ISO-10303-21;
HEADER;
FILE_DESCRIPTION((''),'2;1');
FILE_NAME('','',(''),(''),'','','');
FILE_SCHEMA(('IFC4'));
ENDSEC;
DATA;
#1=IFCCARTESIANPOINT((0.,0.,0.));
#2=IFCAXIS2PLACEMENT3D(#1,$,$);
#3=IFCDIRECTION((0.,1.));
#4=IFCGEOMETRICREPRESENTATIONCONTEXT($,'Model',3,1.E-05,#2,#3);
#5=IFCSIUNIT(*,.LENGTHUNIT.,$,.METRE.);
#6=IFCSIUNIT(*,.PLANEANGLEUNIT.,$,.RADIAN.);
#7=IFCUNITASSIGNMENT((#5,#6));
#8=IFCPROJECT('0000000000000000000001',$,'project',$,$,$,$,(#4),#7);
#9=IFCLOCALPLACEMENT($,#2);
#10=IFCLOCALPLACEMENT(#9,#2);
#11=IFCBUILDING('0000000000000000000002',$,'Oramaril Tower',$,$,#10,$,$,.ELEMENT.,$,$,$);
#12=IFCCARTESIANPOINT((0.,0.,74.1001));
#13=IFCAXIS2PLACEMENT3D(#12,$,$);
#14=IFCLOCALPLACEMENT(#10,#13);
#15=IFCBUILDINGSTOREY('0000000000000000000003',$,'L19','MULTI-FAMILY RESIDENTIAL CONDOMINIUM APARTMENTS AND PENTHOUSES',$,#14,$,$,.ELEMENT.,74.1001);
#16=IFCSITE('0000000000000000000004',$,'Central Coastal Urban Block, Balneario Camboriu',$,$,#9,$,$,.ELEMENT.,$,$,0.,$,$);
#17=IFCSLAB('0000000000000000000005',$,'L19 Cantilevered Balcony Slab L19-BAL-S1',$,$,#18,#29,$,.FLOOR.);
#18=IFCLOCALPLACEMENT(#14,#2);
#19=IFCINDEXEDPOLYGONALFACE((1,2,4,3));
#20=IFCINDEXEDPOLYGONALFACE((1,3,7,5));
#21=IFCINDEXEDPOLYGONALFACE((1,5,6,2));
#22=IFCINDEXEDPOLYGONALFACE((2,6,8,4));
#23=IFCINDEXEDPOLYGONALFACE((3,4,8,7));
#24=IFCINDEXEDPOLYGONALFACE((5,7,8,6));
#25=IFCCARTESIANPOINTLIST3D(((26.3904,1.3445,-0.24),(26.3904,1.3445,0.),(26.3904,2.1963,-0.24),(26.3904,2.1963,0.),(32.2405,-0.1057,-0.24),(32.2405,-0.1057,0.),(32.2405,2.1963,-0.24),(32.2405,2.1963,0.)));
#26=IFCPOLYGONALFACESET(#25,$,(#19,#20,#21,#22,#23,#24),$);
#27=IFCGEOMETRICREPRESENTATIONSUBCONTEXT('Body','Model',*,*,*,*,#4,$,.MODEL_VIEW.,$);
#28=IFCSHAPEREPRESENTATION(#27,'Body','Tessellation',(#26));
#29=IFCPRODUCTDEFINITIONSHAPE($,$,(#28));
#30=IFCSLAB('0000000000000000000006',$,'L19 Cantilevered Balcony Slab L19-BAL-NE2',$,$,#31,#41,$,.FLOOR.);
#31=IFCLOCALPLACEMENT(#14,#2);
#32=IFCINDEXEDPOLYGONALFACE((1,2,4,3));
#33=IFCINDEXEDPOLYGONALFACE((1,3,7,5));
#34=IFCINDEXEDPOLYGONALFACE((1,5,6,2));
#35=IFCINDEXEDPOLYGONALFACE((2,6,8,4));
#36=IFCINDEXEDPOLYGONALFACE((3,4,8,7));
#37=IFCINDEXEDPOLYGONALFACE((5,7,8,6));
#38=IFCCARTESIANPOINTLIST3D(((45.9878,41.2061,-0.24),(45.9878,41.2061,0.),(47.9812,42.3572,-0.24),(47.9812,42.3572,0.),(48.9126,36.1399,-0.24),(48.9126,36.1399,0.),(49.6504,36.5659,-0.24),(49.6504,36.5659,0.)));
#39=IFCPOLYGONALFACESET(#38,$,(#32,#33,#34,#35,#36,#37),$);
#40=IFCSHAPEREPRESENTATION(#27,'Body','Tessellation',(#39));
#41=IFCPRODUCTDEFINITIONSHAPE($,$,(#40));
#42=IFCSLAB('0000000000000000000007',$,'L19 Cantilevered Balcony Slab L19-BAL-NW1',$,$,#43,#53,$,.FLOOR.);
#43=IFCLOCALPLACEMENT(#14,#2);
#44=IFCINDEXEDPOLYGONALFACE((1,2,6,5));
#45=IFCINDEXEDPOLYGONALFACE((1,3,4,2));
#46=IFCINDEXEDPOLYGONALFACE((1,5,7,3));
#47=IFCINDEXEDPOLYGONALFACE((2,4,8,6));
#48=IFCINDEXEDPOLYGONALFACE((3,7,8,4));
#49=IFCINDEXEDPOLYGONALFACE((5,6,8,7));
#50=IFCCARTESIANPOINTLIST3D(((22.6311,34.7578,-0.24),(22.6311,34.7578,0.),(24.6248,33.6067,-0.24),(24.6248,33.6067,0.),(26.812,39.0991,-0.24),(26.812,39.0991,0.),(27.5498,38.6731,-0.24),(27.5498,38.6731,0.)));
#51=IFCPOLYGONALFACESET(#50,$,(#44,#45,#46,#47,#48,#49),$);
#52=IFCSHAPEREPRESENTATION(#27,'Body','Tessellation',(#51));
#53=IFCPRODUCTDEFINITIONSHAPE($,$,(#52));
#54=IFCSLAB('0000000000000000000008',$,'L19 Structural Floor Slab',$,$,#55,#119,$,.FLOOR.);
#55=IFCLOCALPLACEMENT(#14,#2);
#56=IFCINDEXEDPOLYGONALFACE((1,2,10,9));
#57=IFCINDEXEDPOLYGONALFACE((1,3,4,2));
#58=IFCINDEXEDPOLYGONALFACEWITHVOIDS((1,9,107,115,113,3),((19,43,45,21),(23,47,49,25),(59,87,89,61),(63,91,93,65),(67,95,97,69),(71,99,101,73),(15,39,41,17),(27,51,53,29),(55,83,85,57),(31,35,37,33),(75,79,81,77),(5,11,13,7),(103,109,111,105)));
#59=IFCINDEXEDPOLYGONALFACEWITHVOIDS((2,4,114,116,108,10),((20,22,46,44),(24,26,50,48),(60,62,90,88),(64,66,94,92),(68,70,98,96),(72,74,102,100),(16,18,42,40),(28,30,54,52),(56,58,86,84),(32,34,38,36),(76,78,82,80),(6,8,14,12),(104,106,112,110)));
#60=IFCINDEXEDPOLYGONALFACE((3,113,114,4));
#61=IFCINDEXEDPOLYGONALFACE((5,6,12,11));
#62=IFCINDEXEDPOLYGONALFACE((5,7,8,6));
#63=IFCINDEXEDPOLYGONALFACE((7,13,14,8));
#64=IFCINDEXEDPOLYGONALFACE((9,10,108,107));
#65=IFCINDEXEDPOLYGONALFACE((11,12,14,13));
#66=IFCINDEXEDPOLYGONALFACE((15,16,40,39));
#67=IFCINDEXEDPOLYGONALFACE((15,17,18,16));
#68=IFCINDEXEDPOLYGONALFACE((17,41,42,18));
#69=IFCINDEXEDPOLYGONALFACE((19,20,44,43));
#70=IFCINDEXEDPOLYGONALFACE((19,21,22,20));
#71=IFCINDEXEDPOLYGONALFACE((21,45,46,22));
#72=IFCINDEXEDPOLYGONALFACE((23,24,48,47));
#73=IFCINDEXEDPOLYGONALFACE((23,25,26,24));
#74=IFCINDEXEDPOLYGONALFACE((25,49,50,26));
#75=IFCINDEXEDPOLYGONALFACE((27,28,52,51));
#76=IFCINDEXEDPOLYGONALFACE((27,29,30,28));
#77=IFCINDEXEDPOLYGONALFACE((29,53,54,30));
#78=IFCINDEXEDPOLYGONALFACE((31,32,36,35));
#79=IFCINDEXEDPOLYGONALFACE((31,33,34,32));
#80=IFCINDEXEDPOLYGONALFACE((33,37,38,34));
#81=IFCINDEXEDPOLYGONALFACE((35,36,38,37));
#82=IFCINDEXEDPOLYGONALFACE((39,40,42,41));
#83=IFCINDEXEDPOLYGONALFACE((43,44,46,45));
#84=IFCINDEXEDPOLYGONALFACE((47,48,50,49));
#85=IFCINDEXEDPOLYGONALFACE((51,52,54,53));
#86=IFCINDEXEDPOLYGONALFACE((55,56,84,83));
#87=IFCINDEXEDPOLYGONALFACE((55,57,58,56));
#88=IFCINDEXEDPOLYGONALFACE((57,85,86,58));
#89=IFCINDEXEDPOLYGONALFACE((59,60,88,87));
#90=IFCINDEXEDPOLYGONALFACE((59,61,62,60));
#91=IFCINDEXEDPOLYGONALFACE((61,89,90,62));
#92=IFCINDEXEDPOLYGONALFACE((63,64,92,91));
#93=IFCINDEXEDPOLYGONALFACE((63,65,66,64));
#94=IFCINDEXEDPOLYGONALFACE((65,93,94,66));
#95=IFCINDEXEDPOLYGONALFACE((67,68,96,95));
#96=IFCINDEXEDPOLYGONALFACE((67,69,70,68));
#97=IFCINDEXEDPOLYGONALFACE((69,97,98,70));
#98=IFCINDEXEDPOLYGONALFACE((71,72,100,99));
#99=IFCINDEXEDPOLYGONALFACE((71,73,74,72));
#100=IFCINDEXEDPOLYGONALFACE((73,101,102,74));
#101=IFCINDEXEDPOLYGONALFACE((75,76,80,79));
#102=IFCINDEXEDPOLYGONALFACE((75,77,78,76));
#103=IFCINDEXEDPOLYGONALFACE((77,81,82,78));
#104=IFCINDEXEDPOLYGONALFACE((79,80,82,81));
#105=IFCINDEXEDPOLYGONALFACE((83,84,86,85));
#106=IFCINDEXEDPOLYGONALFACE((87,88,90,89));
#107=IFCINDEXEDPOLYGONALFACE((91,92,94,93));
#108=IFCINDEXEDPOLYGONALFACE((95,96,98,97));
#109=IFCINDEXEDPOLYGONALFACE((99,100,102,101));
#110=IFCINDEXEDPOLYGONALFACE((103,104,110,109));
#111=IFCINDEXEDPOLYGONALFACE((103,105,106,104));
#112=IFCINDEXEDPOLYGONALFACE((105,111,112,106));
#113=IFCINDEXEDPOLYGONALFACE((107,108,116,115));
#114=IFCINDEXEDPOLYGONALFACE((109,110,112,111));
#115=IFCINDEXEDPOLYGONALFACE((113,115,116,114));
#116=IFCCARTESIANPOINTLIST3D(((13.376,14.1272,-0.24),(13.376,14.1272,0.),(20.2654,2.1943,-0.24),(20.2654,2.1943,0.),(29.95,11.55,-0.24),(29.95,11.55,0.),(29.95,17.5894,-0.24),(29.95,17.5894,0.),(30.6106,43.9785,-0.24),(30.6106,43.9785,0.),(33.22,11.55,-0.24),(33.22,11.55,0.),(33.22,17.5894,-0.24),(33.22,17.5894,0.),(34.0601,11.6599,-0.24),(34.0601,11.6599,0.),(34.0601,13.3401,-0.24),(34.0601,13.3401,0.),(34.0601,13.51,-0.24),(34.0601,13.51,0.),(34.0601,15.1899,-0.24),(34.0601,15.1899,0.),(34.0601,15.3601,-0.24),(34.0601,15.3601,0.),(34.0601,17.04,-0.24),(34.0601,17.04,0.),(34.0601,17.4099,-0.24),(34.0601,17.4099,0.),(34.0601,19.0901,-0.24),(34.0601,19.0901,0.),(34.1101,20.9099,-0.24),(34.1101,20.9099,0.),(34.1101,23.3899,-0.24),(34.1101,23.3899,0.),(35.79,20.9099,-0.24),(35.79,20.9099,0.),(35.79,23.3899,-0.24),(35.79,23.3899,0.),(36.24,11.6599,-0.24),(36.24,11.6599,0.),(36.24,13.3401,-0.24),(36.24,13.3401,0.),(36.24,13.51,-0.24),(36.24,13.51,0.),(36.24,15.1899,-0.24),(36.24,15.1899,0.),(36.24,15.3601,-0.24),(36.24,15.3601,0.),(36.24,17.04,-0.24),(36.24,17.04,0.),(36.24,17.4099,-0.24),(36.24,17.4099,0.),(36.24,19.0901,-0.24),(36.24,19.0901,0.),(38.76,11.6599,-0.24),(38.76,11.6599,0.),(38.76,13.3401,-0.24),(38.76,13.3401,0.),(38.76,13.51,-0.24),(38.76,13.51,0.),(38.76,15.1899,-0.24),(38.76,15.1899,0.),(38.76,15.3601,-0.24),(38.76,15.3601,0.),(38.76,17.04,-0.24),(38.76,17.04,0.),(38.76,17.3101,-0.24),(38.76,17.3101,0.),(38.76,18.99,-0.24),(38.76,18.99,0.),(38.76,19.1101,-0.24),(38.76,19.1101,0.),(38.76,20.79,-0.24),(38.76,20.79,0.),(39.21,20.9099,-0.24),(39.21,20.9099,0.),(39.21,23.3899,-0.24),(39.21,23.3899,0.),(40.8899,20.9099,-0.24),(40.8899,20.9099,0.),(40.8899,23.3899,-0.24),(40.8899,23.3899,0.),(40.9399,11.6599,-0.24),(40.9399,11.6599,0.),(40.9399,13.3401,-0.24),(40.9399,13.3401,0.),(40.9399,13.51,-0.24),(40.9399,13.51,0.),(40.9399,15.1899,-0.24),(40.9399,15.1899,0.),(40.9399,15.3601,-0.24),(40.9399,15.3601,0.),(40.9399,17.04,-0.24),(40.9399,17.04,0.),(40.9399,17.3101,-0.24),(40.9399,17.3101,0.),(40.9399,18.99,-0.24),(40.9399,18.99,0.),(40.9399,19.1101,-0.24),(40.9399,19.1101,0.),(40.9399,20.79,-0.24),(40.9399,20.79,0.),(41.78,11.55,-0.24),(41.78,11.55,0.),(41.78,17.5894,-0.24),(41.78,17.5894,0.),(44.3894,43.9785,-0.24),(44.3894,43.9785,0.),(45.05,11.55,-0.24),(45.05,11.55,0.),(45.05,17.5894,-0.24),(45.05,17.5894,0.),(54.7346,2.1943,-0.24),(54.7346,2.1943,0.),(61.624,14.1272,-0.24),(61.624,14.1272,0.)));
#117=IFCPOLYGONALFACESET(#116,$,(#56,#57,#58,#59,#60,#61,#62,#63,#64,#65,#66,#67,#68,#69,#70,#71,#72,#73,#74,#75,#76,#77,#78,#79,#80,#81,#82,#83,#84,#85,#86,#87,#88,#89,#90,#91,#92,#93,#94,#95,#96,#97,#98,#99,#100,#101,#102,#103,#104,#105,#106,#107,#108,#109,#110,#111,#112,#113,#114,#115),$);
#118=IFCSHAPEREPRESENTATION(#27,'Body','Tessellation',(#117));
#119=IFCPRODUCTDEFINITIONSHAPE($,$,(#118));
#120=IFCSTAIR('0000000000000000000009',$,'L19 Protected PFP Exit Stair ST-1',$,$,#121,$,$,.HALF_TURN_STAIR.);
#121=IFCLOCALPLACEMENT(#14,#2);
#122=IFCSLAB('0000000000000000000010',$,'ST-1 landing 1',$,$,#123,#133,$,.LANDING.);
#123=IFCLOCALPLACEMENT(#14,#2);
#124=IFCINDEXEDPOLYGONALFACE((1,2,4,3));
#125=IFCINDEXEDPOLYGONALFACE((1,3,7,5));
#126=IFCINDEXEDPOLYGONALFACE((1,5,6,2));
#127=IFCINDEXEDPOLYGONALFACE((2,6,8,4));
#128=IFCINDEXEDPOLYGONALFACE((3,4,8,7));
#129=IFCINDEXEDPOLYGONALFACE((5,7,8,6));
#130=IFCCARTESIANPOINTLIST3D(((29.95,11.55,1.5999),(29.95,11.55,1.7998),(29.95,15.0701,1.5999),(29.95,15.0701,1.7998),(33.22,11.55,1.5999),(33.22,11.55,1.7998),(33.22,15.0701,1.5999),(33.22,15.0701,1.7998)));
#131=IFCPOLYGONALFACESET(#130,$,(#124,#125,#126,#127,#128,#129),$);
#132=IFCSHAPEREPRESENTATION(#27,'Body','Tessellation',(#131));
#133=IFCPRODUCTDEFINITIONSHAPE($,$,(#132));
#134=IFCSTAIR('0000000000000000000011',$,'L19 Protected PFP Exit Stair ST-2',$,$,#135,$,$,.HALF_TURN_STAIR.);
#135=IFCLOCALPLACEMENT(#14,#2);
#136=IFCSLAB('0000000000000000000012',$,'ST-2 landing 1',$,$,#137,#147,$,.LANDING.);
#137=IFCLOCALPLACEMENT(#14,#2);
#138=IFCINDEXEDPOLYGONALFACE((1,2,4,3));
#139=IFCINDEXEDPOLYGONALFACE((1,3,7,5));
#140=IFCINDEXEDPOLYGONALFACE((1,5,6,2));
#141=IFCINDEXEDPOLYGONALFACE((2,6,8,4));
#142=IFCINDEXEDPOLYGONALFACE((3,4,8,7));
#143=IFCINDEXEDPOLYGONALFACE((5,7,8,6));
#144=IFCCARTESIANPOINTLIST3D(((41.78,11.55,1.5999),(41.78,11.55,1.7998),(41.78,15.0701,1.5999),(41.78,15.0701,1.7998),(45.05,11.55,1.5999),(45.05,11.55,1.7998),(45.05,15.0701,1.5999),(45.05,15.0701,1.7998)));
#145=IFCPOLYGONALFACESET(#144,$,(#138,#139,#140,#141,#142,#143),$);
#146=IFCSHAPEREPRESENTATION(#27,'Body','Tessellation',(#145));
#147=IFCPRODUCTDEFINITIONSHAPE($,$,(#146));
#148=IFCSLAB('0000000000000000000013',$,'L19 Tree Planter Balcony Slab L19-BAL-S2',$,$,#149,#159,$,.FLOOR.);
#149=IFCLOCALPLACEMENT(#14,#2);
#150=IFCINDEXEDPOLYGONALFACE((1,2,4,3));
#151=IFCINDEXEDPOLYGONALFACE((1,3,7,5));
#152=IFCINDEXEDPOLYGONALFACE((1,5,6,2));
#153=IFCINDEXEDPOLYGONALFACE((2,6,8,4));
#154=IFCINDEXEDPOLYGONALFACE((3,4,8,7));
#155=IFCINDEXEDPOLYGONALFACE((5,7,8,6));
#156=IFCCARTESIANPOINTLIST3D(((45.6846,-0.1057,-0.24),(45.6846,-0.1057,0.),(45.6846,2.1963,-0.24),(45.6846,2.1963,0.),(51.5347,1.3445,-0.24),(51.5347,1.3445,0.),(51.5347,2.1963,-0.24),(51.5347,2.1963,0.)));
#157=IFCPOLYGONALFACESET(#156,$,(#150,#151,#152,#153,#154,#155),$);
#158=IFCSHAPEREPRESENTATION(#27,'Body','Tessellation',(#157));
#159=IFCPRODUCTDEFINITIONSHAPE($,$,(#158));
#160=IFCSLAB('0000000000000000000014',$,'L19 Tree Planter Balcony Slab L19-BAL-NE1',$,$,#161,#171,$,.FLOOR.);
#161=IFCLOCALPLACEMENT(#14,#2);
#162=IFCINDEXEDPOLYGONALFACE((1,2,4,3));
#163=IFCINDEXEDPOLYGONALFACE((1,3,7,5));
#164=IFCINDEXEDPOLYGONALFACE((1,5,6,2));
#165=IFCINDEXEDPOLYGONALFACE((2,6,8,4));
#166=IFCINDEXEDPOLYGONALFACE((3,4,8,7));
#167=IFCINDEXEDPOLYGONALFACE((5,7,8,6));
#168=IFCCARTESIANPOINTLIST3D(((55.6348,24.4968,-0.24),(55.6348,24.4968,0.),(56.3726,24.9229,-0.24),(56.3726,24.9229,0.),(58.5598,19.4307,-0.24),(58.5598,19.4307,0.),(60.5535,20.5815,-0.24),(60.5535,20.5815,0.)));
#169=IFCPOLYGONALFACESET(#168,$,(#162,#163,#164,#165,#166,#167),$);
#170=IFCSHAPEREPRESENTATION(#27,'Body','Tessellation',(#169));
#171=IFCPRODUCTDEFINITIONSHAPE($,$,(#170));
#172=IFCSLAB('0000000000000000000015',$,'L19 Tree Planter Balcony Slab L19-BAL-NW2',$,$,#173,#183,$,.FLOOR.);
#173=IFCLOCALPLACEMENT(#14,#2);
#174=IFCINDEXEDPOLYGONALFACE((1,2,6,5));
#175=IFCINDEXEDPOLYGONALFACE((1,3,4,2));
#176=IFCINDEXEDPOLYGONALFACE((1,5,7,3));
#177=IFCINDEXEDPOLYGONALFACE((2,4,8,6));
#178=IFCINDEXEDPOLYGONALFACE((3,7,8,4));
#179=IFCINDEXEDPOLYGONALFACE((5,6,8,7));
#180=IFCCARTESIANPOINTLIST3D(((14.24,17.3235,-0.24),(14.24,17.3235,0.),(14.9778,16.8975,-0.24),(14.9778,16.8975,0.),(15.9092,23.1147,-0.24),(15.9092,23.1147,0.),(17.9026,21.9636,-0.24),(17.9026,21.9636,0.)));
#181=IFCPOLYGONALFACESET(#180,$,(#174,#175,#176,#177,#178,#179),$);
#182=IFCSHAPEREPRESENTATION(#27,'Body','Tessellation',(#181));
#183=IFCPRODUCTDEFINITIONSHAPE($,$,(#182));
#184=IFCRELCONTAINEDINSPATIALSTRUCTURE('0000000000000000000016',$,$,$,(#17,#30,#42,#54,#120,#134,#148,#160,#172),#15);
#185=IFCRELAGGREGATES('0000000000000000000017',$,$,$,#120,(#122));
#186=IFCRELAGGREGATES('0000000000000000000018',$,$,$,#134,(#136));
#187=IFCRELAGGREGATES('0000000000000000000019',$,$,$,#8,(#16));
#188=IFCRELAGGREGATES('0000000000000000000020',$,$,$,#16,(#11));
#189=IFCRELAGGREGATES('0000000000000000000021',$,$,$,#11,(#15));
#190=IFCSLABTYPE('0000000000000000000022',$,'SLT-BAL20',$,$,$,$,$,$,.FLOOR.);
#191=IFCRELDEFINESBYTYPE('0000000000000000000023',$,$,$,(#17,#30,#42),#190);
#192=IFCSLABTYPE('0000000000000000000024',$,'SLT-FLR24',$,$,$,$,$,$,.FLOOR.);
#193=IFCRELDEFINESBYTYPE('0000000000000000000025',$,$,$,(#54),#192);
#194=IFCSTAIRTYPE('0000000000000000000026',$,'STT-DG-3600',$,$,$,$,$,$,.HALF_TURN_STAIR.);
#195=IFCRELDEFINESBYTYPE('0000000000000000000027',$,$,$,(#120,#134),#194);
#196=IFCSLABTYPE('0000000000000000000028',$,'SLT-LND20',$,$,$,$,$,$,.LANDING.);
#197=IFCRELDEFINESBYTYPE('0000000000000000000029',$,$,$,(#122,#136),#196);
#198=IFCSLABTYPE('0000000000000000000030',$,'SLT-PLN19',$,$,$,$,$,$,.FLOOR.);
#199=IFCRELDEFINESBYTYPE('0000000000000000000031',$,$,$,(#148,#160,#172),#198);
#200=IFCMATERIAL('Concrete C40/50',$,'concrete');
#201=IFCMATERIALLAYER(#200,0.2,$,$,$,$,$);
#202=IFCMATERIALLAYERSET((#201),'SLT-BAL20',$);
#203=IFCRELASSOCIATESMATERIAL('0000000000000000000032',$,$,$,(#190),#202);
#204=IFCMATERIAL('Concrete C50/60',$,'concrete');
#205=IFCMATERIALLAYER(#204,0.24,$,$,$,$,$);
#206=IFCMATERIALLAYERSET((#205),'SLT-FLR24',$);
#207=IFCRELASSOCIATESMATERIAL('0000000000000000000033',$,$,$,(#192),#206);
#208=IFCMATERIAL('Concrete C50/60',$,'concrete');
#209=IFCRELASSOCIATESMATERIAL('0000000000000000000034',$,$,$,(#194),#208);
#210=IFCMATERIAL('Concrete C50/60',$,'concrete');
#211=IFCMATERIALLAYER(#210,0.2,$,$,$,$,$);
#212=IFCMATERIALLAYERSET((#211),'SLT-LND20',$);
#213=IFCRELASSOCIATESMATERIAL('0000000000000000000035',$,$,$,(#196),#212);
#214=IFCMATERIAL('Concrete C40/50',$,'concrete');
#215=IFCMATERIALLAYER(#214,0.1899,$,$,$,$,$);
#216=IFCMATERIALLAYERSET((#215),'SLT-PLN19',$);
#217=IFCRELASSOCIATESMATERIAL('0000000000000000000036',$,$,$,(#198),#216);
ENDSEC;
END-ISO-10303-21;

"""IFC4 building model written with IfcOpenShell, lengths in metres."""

from ifc_helpers import new_model, si_unit, direction, frame, origin, place, context, subcontext, project, spatial, polyline, outline, extrude, material, layer, layer_set, type_object, element, aggregate, save


model = new_model("IFC4")

# Units and contexts
model_context = context("Model", 3, precision=1e-05, world=origin(), true_north=direction((0.0, 1.0)))
body_context = subcontext(model_context, "Body", "Model", "MODEL_VIEW")
ifc_project = project(units=[si_unit("LENGTHUNIT", "METRE"), si_unit("PLANEANGLEUNIT", "RADIAN")], contexts=[model_context])

# Site, building, storey
site_placement = place(None, origin())
site = spatial("IfcSite", under=ifc_project, at=site_placement, Name="Central Coastal Urban Block, Balneario Camboriu", CompositionType="ELEMENT", RefElevation=0.0)
building_placement = place(site_placement, origin())
building = spatial("IfcBuilding", under=site, at=building_placement, Name="Oramaril Tower", CompositionType="ELEMENT")
storey_placement = place(building_placement, frame((0.0, 0.0, 74.1001)))
storey = spatial("IfcBuildingStorey", under=building, at=storey_placement, Name="L19", Description="MULTI-FAMILY RESIDENTIAL CONDOMINIUM APARTMENTS AND PENTHOUSES", CompositionType="ELEMENT", Elevation=74.1001)

# Slabs
ifc_material_1 = material(Name="Concrete C40/50", Category="concrete")
ifc_layer_1 = layer(ifc_material_1, 0.2)
ifc_layer_set_1 = layer_set([ifc_layer_1], Name="SLT-BAL20")
slab_type_1 = type_object("IfcSlabType", Name="SLT-BAL20", PredefinedType="FLOOR", material=ifc_layer_set_1)
slab_1_placement = place(storey_placement, frame((0.0, 0.0, -0.24)))
element("IfcSlab", 1, at=slab_1_placement, inside=storey, type_object=slab_type_1, Name="L19 Cantilevered Balcony Slab L19-BAL-S1", PredefinedType="FLOOR", context=body_context, shape_type="SweptSolid", body=[
    extrude(outline(polyline([(26.3904, 2.1963), (32.2405, 2.1963), (32.2405, -0.1057), (26.3904, 1.3445), (26.3904, 2.1963)])), origin(), (0.0, 0.0, 1.0), 0.24),
])
slab_2_placement = place(storey_placement, frame((0.0, 0.0, -0.24)))
element("IfcSlab", 2, at=slab_2_placement, inside=storey, type_object=slab_type_1, Name="L19 Cantilevered Balcony Slab L19-BAL-NE2", PredefinedType="FLOOR", context=body_context, shape_type="SweptSolid", body=[
    extrude(outline(polyline([(48.9126, 36.1399), (45.9878, 41.2061), (47.9812, 42.3572), (49.6504, 36.5659), (48.9126, 36.1399)])), origin(), (0.0, 0.0, 1.0), 0.24),
])
slab_3_placement = place(storey_placement, frame((0.0, 0.0, -0.24)))
element("IfcSlab", 3, at=slab_3_placement, inside=storey, type_object=slab_type_1, Name="L19 Cantilevered Balcony Slab L19-BAL-NW1", PredefinedType="FLOOR", context=body_context, shape_type="SweptSolid", body=[
    extrude(outline(polyline([(27.5498, 38.6731), (24.6248, 33.6067), (22.6311, 34.7578), (26.812, 39.0991), (27.5498, 38.6731)])), origin(), (0.0, 0.0, 1.0), 0.24),
])
ifc_material_2 = material(Name="Concrete C50/60", Category="concrete")
ifc_layer_2 = layer(ifc_material_2, 0.24)
ifc_layer_set_2 = layer_set([ifc_layer_2], Name="SLT-FLR24")
slab_type_2 = type_object("IfcSlabType", Name="SLT-FLR24", PredefinedType="FLOOR", material=ifc_layer_set_2)
slab_4_placement = place(storey_placement, frame((0.0, 0.0, -0.24)))
element("IfcSlab", 4, at=slab_4_placement, inside=storey, type_object=slab_type_2, Name="L19 Structural Floor Slab", PredefinedType="FLOOR", context=body_context, shape_type="SweptSolid", body=[
    extrude(outline(polyline([(13.376, 14.1272), (20.2654, 2.1943), (54.7346, 2.1943), (61.624, 14.1272), (44.3894, 43.9785), (30.6106, 43.9785), (13.376, 14.1272)]), holes=[polyline([(29.95, 17.5894), (29.95, 11.55), (33.22, 11.55), (33.22, 17.5894), (29.95, 17.5894)]), polyline([(41.78, 17.5894), (41.78, 11.55), (45.05, 11.55), (45.05, 17.5894), (41.78, 17.5894)]), polyline([(34.1101, 20.9099), (35.79, 20.9099), (35.79, 23.3899), (34.1101, 23.3899), (34.1101, 20.9099)]), polyline([(39.21, 20.9099), (40.8899, 20.9099), (40.8899, 23.3899), (39.21, 23.3899), (39.21, 20.9099)]), polyline([(34.0601, 11.6599), (36.24, 11.6599), (36.24, 13.3401), (34.0601, 13.3401), (34.0601, 11.6599)]), polyline([(34.0601, 13.51), (36.24, 13.51), (36.24, 15.1899), (34.0601, 15.1899), (34.0601, 13.51)]), polyline([(34.0601, 15.3601), (36.24, 15.3601), (36.24, 17.04), (34.0601, 17.04), (34.0601, 15.3601)]), polyline([(38.76, 11.6599), (40.9399, 11.6599), (40.9399, 13.3401), (38.76, 13.3401), (38.76, 11.6599)]), polyline([(38.76, 13.51), (40.9399, 13.51), (40.9399, 15.1899), (38.76, 15.1899), (38.76, 13.51)]), polyline([(38.76, 15.3601), (40.9399, 15.3601), (40.9399, 17.04), (38.76, 17.04), (38.76, 15.3601)]), polyline([(34.0601, 17.4099), (36.24, 17.4099), (36.24, 19.0901), (34.0601, 19.0901), (34.0601, 17.4099)]), polyline([(38.76, 17.3101), (40.9399, 17.3101), (40.9399, 18.99), (38.76, 18.99), (38.76, 17.3101)]), polyline([(38.76, 19.1101), (40.9399, 19.1101), (40.9399, 20.79), (38.76, 20.79), (38.76, 19.1101)])]), origin(), (0.0, 0.0, 1.0), 0.24),
])

# Stairs, slabs
ifc_material_3 = material(Name="Concrete C50/60", Category="concrete")
stair_type = type_object("IfcStairType", Name="STT-DG-3600", PredefinedType="HALF_TURN_STAIR", material=ifc_material_3)
stair_1_placement = place(storey_placement, origin())
stair_1 = element("IfcStair", 5, at=stair_1_placement, inside=storey, type_object=stair_type, Name="L19 Protected PFP Exit Stair ST-1", PredefinedType="HALF_TURN_STAIR")
ifc_material_4 = material(Name="Concrete C50/60", Category="concrete")
ifc_layer_3 = layer(ifc_material_4, 0.2)
ifc_layer_set_3 = layer_set([ifc_layer_3], Name="SLT-LND20")
slab_type_3 = type_object("IfcSlabType", Name="SLT-LND20", PredefinedType="LANDING", material=ifc_layer_set_3)
slab_5_placement = place(storey_placement, frame((0.0, 0.0, 1.5999)))
slab_5 = element("IfcSlab", 6, at=slab_5_placement, type_object=slab_type_3, Name="ST-1 landing 1", PredefinedType="LANDING", context=body_context, shape_type="SweptSolid", body=[
    extrude(outline(polyline([(29.95, 15.0701), (29.95, 11.55), (33.22, 11.55), (33.22, 15.0701), (29.95, 15.0701)])), origin(), (0.0, 0.0, 1.0), 0.2),
])
aggregate(stair_1, [slab_5])
stair_2_placement = place(storey_placement, origin())
stair_2 = element("IfcStair", 7, at=stair_2_placement, inside=storey, type_object=stair_type, Name="L19 Protected PFP Exit Stair ST-2", PredefinedType="HALF_TURN_STAIR")
slab_6_placement = place(storey_placement, frame((0.0, 0.0, 1.5999)))
slab_6 = element("IfcSlab", 8, at=slab_6_placement, type_object=slab_type_3, Name="ST-2 landing 1", PredefinedType="LANDING", context=body_context, shape_type="SweptSolid", body=[
    extrude(outline(polyline([(41.78, 15.0701), (41.78, 11.55), (45.05, 11.55), (45.05, 15.0701), (41.78, 15.0701)])), origin(), (0.0, 0.0, 1.0), 0.2),
])
aggregate(stair_2, [slab_6])

# Slabs
ifc_material_5 = material(Name="Concrete C40/50", Category="concrete")
ifc_layer_4 = layer(ifc_material_5, 0.1899)
ifc_layer_set_4 = layer_set([ifc_layer_4], Name="SLT-PLN19")
slab_type_4 = type_object("IfcSlabType", Name="SLT-PLN19", PredefinedType="FLOOR", material=ifc_layer_set_4)
slab_7_placement = place(storey_placement, frame((0.0, 0.0, -0.24)))
element("IfcSlab", 9, at=slab_7_placement, inside=storey, type_object=slab_type_4, Name="L19 Tree Planter Balcony Slab L19-BAL-S2", PredefinedType="FLOOR", context=body_context, shape_type="SweptSolid", body=[
    extrude(outline(polyline([(45.6846, 2.1963), (51.5347, 2.1963), (51.5347, 1.3445), (45.6846, -0.1057), (45.6846, 2.1963)])), origin(), (0.0, 0.0, 1.0), 0.24),
])
slab_8_placement = place(storey_placement, frame((0.0, 0.0, -0.24)))
element("IfcSlab", 10, at=slab_8_placement, inside=storey, type_object=slab_type_4, Name="L19 Tree Planter Balcony Slab L19-BAL-NE1", PredefinedType="FLOOR", context=body_context, shape_type="SweptSolid", body=[
    extrude(outline(polyline([(58.5598, 19.4307), (55.6348, 24.4968), (56.3726, 24.9229), (60.5535, 20.5815), (58.5598, 19.4307)])), origin(), (0.0, 0.0, 1.0), 0.24),
])
slab_9_placement = place(storey_placement, frame((0.0, 0.0, -0.24)))
element("IfcSlab", 11, at=slab_9_placement, inside=storey, type_object=slab_type_4, Name="L19 Tree Planter Balcony Slab L19-BAL-NW2", PredefinedType="FLOOR", context=body_context, shape_type="SweptSolid", body=[
    extrude(outline(polyline([(17.9026, 21.9636), (14.9778, 16.8975), (14.24, 17.3235), (15.9092, 23.1147), (17.9026, 21.9636)])), origin(), (0.0, 0.0, 1.0), 0.24),
])

save(model, "model.ifc")
